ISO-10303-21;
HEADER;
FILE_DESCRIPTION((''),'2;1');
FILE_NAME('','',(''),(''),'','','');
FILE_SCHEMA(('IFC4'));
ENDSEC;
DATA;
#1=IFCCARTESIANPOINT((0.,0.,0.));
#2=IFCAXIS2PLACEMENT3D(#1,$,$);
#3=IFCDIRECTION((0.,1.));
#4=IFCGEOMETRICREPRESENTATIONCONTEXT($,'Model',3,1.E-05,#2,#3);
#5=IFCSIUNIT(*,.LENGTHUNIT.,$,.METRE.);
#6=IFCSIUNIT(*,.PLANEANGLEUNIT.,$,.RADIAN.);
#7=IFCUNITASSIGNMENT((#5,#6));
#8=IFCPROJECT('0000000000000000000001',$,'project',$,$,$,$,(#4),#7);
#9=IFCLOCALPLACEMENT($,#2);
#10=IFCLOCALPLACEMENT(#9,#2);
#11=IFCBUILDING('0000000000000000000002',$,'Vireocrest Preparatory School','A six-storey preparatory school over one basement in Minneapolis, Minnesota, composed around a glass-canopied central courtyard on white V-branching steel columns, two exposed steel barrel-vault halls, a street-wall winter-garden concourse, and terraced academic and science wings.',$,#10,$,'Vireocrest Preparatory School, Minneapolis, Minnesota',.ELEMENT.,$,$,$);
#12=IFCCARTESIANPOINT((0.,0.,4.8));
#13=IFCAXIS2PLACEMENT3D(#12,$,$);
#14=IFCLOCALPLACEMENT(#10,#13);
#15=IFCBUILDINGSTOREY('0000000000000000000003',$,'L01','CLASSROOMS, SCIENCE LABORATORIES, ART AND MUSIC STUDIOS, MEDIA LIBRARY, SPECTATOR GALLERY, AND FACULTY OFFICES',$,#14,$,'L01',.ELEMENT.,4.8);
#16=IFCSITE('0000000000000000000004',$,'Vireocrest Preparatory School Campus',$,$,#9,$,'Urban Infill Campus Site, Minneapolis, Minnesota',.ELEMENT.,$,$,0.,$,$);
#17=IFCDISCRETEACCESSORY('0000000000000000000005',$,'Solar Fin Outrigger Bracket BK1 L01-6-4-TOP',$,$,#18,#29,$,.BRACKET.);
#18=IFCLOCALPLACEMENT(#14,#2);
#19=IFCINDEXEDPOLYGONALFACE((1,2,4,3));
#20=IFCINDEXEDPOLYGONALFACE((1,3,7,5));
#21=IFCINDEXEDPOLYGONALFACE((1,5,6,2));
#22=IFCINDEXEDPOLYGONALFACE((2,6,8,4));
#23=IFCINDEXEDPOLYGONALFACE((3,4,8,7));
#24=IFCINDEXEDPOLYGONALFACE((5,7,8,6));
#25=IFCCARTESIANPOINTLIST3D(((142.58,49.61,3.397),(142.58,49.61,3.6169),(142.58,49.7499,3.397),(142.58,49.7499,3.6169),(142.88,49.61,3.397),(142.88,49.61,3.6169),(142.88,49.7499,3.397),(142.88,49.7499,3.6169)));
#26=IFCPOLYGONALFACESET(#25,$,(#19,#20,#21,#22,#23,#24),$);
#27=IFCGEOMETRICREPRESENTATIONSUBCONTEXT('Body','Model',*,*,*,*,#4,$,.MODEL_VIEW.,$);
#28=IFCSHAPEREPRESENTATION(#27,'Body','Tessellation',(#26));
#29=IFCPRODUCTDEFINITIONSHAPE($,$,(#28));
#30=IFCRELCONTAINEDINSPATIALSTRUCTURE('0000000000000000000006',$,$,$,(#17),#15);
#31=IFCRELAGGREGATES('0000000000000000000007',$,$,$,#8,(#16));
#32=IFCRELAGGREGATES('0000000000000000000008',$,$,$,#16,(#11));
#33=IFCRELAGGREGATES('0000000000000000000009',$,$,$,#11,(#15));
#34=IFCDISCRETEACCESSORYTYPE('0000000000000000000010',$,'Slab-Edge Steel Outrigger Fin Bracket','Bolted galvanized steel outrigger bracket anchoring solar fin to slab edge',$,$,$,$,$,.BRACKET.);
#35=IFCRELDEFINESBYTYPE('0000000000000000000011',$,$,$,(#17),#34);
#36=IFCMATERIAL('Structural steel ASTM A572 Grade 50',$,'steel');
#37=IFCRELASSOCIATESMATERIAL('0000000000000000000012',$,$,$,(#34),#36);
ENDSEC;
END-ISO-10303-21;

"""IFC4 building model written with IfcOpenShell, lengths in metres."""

from ifc_helpers import new_model, si_unit, direction, frame, origin, origin_2d, place, context, subcontext, project, spatial, rectangle, extrude, material, type_object, element, save


model = new_model("IFC4")

# Units and contexts
model_context = context("Model", 3, precision=1e-05, world=origin(), true_north=direction((0.0, 1.0)))
body_context = subcontext(model_context, "Body", "Model", "MODEL_VIEW")
ifc_project = project(units=[si_unit("LENGTHUNIT", "METRE"), si_unit("PLANEANGLEUNIT", "RADIAN")], contexts=[model_context])

# Site, building, storey
site_placement = place(None, origin())
site = spatial("IfcSite", under=ifc_project, at=site_placement, Name="Vireocrest Preparatory School Campus", LongName="Urban Infill Campus Site, Minneapolis, Minnesota", CompositionType="ELEMENT", RefElevation=0.0)
building_placement = place(site_placement, origin())
building = spatial("IfcBuilding", under=site, at=building_placement, Name="Vireocrest Preparatory School", Description="A six-storey preparatory school over one basement in Minneapolis, Minnesota, composed around a glass-canopied central courtyard on white V-branching steel columns, two exposed steel barrel-vault halls, a street-wall winter-garden concourse, and terraced academic and science wings.", LongName="Vireocrest Preparatory School, Minneapolis, Minnesota", CompositionType="ELEMENT")
storey_placement = place(building_placement, frame((0.0, 0.0, 4.8)))
storey = spatial("IfcBuildingStorey", under=building, at=storey_placement, Name="L01", Description="CLASSROOMS, SCIENCE LABORATORIES, ART AND MUSIC STUDIOS, MEDIA LIBRARY, SPECTATOR GALLERY, AND FACULTY OFFICES", LongName="L01", CompositionType="ELEMENT", Elevation=4.8)

# Discrete accessory
ifc_material_1 = material(Name="Structural steel ASTM A572 Grade 50", Category="steel")
discrete_accessory_type = type_object("IfcDiscreteAccessoryType", Name="Slab-Edge Steel Outrigger Fin Bracket", Description="Bolted galvanized steel outrigger bracket anchoring solar fin to slab edge", PredefinedType="BRACKET", material=ifc_material_1)
for number, where, z_axis, x_axis, name in (
    (1, (142.73, 49.6799, 3.397), (0.0, 0.0, 1.0), (0.0, 1.0, 0.0), "Solar Fin Outrigger Bracket BK1 L01-6-4-TOP"),
):
    element("IfcDiscreteAccessory", number, at=place(storey_placement, frame(where, z_axis=z_axis, x_axis=x_axis)), inside=storey, type_object=discrete_accessory_type, Name=name, PredefinedType="BRACKET", context=body_context, shape_type="SweptSolid", body=[
        extrude(rectangle(XDim=0.1399, YDim=0.3, at=origin_2d()), origin(), (0.0, 0.0, 1.0), 0.22),
    ])

save(model, "model.ifc")
